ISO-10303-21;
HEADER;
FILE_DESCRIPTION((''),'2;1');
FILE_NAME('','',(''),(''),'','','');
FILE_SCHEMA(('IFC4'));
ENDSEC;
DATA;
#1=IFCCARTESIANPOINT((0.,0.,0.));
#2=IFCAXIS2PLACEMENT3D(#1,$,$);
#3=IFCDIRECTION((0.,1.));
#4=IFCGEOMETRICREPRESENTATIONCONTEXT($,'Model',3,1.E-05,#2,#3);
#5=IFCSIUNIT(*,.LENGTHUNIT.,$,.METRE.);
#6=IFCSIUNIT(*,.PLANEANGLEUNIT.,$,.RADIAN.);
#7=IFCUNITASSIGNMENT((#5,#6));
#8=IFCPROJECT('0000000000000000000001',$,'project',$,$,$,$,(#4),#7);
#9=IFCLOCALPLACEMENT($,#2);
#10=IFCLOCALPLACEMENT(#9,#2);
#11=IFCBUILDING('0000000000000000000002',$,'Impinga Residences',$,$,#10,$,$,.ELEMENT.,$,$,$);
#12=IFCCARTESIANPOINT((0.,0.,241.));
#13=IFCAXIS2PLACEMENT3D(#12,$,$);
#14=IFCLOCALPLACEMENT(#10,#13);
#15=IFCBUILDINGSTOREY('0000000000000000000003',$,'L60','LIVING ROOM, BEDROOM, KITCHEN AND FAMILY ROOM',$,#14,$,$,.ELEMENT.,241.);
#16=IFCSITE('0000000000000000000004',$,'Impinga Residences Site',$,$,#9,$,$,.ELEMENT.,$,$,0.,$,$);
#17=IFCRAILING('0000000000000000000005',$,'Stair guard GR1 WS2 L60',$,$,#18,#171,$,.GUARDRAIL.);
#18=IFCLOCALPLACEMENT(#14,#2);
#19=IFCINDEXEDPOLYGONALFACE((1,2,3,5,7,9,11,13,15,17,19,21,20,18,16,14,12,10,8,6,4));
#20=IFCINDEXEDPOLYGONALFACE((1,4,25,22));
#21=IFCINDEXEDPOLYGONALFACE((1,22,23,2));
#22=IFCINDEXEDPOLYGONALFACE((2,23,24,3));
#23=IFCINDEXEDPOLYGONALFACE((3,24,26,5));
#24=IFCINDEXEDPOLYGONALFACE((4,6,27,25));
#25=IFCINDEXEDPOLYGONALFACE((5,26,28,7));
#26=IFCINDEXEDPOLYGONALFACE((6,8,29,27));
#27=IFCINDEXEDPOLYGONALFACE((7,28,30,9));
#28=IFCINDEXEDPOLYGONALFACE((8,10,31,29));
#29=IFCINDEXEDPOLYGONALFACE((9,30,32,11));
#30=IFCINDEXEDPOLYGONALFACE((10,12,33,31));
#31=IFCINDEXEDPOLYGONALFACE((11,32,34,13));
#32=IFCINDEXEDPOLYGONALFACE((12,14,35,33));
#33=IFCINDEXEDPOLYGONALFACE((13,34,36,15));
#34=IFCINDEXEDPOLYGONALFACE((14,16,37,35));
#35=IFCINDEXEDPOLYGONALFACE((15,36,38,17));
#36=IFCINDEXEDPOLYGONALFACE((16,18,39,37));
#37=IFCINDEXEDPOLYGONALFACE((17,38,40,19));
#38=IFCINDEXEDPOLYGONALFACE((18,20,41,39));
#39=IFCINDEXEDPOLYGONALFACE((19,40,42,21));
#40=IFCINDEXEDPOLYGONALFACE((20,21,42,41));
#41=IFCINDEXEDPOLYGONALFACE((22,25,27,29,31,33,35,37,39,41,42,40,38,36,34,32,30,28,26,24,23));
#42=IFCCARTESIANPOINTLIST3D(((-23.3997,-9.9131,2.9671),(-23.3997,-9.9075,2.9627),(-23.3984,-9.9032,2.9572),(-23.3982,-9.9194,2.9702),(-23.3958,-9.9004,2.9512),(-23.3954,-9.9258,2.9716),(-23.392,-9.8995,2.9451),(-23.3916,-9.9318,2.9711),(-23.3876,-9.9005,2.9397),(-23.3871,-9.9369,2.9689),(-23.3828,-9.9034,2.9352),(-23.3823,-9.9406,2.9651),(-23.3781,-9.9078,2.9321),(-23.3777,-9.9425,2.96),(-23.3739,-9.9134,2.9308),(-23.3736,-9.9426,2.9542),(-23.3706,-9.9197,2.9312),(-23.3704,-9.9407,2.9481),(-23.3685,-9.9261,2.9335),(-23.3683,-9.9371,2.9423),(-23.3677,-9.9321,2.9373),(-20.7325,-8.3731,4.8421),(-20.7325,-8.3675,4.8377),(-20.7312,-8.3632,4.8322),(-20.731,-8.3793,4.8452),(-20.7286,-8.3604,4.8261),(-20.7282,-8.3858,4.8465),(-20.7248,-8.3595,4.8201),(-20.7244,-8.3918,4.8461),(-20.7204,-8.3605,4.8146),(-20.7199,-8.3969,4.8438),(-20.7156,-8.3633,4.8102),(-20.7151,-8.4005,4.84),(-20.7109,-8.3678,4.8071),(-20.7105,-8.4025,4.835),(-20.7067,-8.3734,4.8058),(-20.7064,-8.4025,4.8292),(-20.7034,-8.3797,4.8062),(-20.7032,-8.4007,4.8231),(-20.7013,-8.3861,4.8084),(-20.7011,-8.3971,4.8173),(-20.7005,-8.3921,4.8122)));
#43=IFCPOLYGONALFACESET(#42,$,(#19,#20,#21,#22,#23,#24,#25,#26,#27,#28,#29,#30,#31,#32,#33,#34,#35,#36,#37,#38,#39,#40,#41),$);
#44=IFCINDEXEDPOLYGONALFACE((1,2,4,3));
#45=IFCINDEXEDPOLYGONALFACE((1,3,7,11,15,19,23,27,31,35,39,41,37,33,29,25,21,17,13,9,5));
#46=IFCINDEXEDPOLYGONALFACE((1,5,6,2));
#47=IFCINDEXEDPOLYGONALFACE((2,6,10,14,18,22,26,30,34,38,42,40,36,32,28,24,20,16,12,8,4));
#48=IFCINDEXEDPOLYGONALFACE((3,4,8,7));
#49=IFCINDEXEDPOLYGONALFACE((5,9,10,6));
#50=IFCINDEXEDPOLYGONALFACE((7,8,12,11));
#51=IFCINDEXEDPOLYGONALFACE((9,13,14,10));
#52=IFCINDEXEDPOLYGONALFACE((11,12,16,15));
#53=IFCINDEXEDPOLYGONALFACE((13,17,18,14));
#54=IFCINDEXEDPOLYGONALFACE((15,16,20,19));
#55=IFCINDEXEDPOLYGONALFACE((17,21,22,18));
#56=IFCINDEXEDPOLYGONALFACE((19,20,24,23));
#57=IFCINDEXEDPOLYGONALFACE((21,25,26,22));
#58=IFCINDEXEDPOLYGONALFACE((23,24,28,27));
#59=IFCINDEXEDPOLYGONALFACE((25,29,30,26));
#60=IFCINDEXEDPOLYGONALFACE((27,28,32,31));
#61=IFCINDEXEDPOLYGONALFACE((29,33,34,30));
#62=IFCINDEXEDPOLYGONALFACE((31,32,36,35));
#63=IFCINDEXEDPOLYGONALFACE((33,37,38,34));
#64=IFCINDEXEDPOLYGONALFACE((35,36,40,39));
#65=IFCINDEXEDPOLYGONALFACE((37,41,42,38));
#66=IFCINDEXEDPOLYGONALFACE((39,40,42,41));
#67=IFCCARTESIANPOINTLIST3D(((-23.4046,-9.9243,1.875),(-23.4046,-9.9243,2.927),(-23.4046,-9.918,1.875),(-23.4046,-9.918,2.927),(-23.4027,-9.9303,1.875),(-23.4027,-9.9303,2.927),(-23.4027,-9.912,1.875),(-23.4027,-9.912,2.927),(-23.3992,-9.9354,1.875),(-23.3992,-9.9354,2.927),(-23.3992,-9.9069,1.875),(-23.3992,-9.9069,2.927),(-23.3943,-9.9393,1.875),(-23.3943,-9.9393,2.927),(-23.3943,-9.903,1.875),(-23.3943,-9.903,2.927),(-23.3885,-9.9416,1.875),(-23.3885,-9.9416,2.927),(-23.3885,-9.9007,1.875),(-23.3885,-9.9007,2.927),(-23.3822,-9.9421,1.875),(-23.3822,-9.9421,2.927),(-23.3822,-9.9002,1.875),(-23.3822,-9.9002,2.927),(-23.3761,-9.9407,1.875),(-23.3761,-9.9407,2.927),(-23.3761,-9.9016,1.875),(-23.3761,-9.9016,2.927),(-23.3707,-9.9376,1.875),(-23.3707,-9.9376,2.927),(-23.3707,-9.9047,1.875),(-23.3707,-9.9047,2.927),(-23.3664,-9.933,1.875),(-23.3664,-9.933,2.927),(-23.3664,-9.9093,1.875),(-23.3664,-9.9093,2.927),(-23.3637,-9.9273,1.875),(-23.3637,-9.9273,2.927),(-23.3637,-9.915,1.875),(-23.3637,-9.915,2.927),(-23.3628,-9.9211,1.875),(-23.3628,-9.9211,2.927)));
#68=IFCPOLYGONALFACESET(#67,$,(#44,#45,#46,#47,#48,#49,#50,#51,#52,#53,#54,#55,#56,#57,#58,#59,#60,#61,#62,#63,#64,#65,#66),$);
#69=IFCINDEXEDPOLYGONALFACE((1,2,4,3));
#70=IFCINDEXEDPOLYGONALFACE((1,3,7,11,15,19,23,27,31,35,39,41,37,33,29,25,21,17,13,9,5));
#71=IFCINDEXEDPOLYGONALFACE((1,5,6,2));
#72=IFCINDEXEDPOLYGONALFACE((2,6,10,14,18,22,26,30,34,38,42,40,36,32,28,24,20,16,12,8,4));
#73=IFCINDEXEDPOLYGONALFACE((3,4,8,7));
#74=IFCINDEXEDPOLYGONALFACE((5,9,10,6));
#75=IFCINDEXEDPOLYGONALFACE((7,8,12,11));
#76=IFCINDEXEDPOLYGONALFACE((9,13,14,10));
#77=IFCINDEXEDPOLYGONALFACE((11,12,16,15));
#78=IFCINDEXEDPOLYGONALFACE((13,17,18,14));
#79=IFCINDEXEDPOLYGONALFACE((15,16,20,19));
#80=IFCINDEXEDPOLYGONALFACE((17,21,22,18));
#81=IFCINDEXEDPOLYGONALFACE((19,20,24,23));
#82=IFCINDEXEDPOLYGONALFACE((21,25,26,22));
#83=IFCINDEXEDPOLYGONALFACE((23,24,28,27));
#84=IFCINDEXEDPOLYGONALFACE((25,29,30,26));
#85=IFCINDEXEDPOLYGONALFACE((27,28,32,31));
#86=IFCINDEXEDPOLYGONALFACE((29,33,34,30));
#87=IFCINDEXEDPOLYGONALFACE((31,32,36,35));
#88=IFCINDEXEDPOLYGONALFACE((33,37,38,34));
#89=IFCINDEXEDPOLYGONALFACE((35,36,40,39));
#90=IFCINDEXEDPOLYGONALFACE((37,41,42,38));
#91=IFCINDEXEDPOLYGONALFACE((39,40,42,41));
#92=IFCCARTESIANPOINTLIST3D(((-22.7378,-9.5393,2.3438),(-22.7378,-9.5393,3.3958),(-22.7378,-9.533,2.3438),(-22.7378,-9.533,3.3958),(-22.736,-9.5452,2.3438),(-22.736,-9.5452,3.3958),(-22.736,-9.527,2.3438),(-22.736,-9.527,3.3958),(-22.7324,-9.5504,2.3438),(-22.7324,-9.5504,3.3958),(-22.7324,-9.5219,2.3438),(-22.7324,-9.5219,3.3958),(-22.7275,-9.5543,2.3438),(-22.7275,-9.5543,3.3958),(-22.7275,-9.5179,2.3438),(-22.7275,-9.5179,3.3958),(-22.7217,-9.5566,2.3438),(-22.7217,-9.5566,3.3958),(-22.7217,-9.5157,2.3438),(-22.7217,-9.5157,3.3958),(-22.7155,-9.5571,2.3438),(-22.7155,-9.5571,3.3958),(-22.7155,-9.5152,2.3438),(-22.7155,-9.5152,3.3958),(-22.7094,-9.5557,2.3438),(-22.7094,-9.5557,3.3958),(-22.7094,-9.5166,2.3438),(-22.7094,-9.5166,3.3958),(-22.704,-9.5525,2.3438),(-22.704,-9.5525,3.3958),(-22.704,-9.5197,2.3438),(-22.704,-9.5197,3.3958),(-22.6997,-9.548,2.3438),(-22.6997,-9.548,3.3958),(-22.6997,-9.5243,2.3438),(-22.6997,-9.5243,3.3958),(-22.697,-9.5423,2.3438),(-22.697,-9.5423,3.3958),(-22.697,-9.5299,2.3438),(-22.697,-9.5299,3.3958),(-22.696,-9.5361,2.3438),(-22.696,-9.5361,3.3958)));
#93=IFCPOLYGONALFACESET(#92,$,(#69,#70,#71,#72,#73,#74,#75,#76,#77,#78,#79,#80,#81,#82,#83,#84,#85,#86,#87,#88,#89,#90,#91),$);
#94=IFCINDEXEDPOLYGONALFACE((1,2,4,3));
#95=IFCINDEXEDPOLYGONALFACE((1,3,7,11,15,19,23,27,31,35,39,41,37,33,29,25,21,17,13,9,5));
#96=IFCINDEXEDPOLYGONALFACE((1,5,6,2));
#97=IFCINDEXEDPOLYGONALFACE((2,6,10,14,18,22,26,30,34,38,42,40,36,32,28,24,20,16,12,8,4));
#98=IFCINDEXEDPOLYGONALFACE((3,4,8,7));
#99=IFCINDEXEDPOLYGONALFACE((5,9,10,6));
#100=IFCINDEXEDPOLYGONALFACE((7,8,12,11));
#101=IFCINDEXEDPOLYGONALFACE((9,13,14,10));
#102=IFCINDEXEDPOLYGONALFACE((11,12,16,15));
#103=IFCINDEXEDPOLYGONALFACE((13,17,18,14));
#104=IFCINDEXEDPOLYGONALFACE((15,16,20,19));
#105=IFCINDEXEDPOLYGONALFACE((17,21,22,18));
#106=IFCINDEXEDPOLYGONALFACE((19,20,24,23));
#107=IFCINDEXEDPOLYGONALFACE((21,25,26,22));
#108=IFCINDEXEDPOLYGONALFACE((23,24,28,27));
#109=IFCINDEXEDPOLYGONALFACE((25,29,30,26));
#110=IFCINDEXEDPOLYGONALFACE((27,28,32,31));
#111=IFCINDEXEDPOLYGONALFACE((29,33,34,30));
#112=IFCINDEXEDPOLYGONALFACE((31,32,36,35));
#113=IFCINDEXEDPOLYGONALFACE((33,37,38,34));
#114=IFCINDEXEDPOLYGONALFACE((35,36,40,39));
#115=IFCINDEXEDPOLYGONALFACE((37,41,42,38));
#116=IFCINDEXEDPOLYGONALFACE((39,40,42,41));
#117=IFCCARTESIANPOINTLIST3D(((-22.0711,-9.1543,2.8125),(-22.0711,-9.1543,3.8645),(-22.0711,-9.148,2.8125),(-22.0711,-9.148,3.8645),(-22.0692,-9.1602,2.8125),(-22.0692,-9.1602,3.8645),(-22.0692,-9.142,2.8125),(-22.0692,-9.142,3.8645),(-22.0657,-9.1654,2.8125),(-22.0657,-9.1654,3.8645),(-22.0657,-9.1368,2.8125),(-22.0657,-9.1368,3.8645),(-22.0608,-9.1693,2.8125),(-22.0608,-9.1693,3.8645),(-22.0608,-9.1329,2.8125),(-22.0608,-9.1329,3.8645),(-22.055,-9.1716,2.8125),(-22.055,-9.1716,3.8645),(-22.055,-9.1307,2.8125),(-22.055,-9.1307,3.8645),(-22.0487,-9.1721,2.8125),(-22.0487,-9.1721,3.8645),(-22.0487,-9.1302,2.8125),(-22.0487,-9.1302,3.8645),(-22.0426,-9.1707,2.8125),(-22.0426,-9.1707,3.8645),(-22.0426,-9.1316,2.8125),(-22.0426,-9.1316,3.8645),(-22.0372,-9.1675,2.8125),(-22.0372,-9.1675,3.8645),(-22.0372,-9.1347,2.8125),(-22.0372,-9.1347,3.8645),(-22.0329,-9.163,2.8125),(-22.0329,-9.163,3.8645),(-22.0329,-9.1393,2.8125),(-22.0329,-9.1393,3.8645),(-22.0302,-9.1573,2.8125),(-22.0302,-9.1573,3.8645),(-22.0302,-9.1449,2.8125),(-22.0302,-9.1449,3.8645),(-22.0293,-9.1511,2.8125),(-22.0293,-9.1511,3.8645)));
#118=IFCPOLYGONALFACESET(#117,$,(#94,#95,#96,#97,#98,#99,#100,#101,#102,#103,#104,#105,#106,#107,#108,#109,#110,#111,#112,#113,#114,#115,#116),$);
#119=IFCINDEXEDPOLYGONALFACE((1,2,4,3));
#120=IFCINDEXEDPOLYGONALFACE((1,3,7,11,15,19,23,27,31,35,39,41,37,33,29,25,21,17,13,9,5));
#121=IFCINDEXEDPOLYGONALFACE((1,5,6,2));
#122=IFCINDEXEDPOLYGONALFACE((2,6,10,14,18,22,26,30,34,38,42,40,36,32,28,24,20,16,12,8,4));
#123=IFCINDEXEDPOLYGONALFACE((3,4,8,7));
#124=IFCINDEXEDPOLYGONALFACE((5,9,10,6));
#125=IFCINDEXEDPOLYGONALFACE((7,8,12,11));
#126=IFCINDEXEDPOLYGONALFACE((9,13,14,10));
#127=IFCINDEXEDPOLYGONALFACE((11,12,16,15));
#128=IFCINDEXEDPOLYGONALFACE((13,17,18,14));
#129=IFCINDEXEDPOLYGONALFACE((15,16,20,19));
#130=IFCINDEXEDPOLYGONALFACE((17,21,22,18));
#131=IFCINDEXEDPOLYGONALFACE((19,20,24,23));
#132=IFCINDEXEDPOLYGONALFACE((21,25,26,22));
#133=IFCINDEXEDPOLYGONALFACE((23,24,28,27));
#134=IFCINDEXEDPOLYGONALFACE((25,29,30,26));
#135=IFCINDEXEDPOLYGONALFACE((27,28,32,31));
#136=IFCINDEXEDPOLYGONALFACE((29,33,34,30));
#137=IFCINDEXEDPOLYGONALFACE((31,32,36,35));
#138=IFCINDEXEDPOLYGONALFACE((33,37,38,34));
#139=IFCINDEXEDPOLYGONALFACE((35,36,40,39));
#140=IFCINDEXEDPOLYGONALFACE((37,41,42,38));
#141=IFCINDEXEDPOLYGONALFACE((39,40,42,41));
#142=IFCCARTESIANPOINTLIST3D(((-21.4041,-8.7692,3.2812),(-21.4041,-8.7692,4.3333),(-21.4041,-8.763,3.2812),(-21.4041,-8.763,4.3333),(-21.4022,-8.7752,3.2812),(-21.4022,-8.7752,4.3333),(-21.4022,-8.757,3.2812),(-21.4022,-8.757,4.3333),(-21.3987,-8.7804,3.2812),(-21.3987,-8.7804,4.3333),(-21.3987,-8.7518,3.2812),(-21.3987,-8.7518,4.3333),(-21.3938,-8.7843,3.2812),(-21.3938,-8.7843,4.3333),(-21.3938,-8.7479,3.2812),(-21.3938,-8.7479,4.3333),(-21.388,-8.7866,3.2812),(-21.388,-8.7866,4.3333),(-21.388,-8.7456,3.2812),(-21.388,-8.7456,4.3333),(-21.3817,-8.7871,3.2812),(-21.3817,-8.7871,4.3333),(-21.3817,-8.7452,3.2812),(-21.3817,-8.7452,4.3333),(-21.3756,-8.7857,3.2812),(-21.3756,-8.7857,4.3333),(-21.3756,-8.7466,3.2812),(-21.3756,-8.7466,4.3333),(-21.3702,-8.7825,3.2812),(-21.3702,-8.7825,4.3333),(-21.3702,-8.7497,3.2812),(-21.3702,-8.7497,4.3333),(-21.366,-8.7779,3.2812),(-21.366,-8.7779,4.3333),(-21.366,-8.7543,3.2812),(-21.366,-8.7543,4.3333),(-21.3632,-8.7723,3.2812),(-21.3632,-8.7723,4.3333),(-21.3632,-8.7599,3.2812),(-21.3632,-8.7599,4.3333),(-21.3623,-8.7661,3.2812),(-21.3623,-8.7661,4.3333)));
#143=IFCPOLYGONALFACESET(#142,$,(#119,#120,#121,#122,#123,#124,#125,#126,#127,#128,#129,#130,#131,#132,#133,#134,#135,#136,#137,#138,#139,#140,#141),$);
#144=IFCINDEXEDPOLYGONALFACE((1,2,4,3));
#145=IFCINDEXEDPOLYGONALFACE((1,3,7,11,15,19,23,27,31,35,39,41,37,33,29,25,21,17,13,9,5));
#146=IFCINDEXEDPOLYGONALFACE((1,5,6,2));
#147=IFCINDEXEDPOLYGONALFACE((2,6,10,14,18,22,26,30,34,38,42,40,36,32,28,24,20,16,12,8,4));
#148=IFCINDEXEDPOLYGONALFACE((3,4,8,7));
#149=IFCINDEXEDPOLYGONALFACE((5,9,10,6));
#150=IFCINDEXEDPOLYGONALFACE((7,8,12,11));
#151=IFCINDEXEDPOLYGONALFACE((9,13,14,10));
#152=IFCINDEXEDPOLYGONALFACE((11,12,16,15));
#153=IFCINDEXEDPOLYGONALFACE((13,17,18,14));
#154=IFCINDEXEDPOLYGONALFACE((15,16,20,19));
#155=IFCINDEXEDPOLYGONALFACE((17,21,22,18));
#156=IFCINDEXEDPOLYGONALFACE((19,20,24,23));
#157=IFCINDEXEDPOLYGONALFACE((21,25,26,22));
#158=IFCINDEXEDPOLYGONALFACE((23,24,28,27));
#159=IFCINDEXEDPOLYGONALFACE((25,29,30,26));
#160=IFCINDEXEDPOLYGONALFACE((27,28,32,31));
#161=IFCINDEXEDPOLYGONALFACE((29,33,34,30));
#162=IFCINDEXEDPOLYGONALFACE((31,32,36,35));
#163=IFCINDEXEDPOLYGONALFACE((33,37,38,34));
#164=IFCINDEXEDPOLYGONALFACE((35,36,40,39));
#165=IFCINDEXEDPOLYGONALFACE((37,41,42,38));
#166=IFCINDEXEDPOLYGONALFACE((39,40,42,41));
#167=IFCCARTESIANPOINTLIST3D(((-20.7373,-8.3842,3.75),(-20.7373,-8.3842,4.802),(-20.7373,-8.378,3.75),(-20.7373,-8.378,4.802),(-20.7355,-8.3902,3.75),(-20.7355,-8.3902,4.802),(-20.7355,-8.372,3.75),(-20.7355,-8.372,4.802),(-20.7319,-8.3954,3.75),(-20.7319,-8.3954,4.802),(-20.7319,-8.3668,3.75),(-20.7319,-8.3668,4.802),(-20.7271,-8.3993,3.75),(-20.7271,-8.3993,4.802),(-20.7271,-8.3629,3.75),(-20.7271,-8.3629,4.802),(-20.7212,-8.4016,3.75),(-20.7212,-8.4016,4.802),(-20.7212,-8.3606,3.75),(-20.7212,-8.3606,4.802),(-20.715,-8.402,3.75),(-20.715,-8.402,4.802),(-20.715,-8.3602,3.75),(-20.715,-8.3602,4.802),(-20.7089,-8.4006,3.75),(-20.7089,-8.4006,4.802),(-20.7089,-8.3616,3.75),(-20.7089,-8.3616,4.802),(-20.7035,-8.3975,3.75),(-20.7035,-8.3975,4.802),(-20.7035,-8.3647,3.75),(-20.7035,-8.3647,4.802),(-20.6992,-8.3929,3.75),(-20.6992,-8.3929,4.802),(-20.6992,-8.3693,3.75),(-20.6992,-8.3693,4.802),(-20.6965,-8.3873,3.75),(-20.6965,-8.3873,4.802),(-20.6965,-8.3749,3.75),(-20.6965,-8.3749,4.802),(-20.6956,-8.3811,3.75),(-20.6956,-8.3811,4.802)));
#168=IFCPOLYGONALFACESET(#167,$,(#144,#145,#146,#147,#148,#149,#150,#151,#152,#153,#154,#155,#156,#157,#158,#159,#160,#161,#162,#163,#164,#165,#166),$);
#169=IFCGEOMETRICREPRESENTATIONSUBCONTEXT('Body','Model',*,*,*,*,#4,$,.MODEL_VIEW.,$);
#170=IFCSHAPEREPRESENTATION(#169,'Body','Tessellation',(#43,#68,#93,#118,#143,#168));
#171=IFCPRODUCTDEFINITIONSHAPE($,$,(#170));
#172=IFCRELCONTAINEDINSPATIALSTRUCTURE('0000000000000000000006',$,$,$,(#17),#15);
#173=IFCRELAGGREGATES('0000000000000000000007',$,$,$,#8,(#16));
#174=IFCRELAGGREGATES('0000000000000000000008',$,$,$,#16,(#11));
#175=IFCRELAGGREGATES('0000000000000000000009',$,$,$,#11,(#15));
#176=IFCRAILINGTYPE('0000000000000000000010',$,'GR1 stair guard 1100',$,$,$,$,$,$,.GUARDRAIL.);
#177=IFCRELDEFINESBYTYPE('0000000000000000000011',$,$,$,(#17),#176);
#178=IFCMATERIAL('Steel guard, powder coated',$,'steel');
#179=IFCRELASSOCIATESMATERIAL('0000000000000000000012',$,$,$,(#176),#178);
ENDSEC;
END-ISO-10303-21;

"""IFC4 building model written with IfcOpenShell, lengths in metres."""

from ifc_helpers import new_model, si_unit, direction, frame, origin, origin_2d, place, context, subcontext, project, spatial, circle, extrude, material, type_object, element, save


model = new_model("IFC4")

# Units and contexts
model_context = context("Model", 3, precision=1e-05, world=origin(), true_north=direction((0.0, 1.0)))
body_context = subcontext(model_context, "Body", "Model", "MODEL_VIEW")
ifc_project = project(units=[si_unit("LENGTHUNIT", "METRE"), si_unit("PLANEANGLEUNIT", "RADIAN")], contexts=[model_context])

# Site, building, storey
site_placement = place(None, origin())
site = spatial("IfcSite", under=ifc_project, at=site_placement, Name="Impinga Residences Site", CompositionType="ELEMENT", RefElevation=0.0)
building_placement = place(site_placement, origin())
building = spatial("IfcBuilding", under=site, at=building_placement, Name="Impinga Residences", CompositionType="ELEMENT")
storey_placement = place(building_placement, frame((0.0, 0.0, 241.0)))
storey = spatial("IfcBuildingStorey", under=building, at=storey_placement, Name="L60", Description="LIVING ROOM, BEDROOM, KITCHEN AND FAMILY ROOM", CompositionType="ELEMENT", Elevation=241.0)

# Railing
ifc_material_1 = material(Name="Steel guard, powder coated", Category="steel")
railing_type_1 = type_object("IfcRailingType", Name="GR1 stair guard 1100", PredefinedType="GUARDRAIL", material=ifc_material_1)
railing_1_placement = place(storey_placement, frame((-23.3838, -9.9211, 1.875)))
element("IfcRailing", 1, at=railing_1_placement, inside=storey, type_object=railing_type_1, Name="Stair guard GR1 WS2 L60", PredefinedType="GUARDRAIL", context=body_context, shape_type="SweptSolid", body=[
    extrude(circle(Radius=0.0239, at=origin_2d()), frame((0.0, 0.0, 1.0762), z_axis=(0.739716, 0.427105, 0.520002), x_axis=(-0.500027, 0.86601, 0.0)), (0.0, 0.0, 1.0), 3.6057),
    extrude(circle(Radius=0.021, at=origin_2d()), origin(), (0.0, 0.0, 1.0), 1.052),
    extrude(circle(Radius=0.021, at=origin_2d()), frame((0.6667, 0.385, 0.4688)), (0.0, 0.0, 1.0), 1.052),
    extrude(circle(Radius=0.021, at=origin_2d()), frame((1.3335, 0.77, 0.9375)), (0.0, 0.0, 1.0), 1.052),
    extrude(circle(Radius=0.021, at=origin_2d()), frame((2.0005, 1.155, 1.4062)), (0.0, 0.0, 1.0), 1.052),
    extrude(circle(Radius=0.021, at=origin_2d()), frame((2.6672, 1.54, 1.875)), (0.0, 0.0, 1.0), 1.052),
])

save(model, "model.ifc")
